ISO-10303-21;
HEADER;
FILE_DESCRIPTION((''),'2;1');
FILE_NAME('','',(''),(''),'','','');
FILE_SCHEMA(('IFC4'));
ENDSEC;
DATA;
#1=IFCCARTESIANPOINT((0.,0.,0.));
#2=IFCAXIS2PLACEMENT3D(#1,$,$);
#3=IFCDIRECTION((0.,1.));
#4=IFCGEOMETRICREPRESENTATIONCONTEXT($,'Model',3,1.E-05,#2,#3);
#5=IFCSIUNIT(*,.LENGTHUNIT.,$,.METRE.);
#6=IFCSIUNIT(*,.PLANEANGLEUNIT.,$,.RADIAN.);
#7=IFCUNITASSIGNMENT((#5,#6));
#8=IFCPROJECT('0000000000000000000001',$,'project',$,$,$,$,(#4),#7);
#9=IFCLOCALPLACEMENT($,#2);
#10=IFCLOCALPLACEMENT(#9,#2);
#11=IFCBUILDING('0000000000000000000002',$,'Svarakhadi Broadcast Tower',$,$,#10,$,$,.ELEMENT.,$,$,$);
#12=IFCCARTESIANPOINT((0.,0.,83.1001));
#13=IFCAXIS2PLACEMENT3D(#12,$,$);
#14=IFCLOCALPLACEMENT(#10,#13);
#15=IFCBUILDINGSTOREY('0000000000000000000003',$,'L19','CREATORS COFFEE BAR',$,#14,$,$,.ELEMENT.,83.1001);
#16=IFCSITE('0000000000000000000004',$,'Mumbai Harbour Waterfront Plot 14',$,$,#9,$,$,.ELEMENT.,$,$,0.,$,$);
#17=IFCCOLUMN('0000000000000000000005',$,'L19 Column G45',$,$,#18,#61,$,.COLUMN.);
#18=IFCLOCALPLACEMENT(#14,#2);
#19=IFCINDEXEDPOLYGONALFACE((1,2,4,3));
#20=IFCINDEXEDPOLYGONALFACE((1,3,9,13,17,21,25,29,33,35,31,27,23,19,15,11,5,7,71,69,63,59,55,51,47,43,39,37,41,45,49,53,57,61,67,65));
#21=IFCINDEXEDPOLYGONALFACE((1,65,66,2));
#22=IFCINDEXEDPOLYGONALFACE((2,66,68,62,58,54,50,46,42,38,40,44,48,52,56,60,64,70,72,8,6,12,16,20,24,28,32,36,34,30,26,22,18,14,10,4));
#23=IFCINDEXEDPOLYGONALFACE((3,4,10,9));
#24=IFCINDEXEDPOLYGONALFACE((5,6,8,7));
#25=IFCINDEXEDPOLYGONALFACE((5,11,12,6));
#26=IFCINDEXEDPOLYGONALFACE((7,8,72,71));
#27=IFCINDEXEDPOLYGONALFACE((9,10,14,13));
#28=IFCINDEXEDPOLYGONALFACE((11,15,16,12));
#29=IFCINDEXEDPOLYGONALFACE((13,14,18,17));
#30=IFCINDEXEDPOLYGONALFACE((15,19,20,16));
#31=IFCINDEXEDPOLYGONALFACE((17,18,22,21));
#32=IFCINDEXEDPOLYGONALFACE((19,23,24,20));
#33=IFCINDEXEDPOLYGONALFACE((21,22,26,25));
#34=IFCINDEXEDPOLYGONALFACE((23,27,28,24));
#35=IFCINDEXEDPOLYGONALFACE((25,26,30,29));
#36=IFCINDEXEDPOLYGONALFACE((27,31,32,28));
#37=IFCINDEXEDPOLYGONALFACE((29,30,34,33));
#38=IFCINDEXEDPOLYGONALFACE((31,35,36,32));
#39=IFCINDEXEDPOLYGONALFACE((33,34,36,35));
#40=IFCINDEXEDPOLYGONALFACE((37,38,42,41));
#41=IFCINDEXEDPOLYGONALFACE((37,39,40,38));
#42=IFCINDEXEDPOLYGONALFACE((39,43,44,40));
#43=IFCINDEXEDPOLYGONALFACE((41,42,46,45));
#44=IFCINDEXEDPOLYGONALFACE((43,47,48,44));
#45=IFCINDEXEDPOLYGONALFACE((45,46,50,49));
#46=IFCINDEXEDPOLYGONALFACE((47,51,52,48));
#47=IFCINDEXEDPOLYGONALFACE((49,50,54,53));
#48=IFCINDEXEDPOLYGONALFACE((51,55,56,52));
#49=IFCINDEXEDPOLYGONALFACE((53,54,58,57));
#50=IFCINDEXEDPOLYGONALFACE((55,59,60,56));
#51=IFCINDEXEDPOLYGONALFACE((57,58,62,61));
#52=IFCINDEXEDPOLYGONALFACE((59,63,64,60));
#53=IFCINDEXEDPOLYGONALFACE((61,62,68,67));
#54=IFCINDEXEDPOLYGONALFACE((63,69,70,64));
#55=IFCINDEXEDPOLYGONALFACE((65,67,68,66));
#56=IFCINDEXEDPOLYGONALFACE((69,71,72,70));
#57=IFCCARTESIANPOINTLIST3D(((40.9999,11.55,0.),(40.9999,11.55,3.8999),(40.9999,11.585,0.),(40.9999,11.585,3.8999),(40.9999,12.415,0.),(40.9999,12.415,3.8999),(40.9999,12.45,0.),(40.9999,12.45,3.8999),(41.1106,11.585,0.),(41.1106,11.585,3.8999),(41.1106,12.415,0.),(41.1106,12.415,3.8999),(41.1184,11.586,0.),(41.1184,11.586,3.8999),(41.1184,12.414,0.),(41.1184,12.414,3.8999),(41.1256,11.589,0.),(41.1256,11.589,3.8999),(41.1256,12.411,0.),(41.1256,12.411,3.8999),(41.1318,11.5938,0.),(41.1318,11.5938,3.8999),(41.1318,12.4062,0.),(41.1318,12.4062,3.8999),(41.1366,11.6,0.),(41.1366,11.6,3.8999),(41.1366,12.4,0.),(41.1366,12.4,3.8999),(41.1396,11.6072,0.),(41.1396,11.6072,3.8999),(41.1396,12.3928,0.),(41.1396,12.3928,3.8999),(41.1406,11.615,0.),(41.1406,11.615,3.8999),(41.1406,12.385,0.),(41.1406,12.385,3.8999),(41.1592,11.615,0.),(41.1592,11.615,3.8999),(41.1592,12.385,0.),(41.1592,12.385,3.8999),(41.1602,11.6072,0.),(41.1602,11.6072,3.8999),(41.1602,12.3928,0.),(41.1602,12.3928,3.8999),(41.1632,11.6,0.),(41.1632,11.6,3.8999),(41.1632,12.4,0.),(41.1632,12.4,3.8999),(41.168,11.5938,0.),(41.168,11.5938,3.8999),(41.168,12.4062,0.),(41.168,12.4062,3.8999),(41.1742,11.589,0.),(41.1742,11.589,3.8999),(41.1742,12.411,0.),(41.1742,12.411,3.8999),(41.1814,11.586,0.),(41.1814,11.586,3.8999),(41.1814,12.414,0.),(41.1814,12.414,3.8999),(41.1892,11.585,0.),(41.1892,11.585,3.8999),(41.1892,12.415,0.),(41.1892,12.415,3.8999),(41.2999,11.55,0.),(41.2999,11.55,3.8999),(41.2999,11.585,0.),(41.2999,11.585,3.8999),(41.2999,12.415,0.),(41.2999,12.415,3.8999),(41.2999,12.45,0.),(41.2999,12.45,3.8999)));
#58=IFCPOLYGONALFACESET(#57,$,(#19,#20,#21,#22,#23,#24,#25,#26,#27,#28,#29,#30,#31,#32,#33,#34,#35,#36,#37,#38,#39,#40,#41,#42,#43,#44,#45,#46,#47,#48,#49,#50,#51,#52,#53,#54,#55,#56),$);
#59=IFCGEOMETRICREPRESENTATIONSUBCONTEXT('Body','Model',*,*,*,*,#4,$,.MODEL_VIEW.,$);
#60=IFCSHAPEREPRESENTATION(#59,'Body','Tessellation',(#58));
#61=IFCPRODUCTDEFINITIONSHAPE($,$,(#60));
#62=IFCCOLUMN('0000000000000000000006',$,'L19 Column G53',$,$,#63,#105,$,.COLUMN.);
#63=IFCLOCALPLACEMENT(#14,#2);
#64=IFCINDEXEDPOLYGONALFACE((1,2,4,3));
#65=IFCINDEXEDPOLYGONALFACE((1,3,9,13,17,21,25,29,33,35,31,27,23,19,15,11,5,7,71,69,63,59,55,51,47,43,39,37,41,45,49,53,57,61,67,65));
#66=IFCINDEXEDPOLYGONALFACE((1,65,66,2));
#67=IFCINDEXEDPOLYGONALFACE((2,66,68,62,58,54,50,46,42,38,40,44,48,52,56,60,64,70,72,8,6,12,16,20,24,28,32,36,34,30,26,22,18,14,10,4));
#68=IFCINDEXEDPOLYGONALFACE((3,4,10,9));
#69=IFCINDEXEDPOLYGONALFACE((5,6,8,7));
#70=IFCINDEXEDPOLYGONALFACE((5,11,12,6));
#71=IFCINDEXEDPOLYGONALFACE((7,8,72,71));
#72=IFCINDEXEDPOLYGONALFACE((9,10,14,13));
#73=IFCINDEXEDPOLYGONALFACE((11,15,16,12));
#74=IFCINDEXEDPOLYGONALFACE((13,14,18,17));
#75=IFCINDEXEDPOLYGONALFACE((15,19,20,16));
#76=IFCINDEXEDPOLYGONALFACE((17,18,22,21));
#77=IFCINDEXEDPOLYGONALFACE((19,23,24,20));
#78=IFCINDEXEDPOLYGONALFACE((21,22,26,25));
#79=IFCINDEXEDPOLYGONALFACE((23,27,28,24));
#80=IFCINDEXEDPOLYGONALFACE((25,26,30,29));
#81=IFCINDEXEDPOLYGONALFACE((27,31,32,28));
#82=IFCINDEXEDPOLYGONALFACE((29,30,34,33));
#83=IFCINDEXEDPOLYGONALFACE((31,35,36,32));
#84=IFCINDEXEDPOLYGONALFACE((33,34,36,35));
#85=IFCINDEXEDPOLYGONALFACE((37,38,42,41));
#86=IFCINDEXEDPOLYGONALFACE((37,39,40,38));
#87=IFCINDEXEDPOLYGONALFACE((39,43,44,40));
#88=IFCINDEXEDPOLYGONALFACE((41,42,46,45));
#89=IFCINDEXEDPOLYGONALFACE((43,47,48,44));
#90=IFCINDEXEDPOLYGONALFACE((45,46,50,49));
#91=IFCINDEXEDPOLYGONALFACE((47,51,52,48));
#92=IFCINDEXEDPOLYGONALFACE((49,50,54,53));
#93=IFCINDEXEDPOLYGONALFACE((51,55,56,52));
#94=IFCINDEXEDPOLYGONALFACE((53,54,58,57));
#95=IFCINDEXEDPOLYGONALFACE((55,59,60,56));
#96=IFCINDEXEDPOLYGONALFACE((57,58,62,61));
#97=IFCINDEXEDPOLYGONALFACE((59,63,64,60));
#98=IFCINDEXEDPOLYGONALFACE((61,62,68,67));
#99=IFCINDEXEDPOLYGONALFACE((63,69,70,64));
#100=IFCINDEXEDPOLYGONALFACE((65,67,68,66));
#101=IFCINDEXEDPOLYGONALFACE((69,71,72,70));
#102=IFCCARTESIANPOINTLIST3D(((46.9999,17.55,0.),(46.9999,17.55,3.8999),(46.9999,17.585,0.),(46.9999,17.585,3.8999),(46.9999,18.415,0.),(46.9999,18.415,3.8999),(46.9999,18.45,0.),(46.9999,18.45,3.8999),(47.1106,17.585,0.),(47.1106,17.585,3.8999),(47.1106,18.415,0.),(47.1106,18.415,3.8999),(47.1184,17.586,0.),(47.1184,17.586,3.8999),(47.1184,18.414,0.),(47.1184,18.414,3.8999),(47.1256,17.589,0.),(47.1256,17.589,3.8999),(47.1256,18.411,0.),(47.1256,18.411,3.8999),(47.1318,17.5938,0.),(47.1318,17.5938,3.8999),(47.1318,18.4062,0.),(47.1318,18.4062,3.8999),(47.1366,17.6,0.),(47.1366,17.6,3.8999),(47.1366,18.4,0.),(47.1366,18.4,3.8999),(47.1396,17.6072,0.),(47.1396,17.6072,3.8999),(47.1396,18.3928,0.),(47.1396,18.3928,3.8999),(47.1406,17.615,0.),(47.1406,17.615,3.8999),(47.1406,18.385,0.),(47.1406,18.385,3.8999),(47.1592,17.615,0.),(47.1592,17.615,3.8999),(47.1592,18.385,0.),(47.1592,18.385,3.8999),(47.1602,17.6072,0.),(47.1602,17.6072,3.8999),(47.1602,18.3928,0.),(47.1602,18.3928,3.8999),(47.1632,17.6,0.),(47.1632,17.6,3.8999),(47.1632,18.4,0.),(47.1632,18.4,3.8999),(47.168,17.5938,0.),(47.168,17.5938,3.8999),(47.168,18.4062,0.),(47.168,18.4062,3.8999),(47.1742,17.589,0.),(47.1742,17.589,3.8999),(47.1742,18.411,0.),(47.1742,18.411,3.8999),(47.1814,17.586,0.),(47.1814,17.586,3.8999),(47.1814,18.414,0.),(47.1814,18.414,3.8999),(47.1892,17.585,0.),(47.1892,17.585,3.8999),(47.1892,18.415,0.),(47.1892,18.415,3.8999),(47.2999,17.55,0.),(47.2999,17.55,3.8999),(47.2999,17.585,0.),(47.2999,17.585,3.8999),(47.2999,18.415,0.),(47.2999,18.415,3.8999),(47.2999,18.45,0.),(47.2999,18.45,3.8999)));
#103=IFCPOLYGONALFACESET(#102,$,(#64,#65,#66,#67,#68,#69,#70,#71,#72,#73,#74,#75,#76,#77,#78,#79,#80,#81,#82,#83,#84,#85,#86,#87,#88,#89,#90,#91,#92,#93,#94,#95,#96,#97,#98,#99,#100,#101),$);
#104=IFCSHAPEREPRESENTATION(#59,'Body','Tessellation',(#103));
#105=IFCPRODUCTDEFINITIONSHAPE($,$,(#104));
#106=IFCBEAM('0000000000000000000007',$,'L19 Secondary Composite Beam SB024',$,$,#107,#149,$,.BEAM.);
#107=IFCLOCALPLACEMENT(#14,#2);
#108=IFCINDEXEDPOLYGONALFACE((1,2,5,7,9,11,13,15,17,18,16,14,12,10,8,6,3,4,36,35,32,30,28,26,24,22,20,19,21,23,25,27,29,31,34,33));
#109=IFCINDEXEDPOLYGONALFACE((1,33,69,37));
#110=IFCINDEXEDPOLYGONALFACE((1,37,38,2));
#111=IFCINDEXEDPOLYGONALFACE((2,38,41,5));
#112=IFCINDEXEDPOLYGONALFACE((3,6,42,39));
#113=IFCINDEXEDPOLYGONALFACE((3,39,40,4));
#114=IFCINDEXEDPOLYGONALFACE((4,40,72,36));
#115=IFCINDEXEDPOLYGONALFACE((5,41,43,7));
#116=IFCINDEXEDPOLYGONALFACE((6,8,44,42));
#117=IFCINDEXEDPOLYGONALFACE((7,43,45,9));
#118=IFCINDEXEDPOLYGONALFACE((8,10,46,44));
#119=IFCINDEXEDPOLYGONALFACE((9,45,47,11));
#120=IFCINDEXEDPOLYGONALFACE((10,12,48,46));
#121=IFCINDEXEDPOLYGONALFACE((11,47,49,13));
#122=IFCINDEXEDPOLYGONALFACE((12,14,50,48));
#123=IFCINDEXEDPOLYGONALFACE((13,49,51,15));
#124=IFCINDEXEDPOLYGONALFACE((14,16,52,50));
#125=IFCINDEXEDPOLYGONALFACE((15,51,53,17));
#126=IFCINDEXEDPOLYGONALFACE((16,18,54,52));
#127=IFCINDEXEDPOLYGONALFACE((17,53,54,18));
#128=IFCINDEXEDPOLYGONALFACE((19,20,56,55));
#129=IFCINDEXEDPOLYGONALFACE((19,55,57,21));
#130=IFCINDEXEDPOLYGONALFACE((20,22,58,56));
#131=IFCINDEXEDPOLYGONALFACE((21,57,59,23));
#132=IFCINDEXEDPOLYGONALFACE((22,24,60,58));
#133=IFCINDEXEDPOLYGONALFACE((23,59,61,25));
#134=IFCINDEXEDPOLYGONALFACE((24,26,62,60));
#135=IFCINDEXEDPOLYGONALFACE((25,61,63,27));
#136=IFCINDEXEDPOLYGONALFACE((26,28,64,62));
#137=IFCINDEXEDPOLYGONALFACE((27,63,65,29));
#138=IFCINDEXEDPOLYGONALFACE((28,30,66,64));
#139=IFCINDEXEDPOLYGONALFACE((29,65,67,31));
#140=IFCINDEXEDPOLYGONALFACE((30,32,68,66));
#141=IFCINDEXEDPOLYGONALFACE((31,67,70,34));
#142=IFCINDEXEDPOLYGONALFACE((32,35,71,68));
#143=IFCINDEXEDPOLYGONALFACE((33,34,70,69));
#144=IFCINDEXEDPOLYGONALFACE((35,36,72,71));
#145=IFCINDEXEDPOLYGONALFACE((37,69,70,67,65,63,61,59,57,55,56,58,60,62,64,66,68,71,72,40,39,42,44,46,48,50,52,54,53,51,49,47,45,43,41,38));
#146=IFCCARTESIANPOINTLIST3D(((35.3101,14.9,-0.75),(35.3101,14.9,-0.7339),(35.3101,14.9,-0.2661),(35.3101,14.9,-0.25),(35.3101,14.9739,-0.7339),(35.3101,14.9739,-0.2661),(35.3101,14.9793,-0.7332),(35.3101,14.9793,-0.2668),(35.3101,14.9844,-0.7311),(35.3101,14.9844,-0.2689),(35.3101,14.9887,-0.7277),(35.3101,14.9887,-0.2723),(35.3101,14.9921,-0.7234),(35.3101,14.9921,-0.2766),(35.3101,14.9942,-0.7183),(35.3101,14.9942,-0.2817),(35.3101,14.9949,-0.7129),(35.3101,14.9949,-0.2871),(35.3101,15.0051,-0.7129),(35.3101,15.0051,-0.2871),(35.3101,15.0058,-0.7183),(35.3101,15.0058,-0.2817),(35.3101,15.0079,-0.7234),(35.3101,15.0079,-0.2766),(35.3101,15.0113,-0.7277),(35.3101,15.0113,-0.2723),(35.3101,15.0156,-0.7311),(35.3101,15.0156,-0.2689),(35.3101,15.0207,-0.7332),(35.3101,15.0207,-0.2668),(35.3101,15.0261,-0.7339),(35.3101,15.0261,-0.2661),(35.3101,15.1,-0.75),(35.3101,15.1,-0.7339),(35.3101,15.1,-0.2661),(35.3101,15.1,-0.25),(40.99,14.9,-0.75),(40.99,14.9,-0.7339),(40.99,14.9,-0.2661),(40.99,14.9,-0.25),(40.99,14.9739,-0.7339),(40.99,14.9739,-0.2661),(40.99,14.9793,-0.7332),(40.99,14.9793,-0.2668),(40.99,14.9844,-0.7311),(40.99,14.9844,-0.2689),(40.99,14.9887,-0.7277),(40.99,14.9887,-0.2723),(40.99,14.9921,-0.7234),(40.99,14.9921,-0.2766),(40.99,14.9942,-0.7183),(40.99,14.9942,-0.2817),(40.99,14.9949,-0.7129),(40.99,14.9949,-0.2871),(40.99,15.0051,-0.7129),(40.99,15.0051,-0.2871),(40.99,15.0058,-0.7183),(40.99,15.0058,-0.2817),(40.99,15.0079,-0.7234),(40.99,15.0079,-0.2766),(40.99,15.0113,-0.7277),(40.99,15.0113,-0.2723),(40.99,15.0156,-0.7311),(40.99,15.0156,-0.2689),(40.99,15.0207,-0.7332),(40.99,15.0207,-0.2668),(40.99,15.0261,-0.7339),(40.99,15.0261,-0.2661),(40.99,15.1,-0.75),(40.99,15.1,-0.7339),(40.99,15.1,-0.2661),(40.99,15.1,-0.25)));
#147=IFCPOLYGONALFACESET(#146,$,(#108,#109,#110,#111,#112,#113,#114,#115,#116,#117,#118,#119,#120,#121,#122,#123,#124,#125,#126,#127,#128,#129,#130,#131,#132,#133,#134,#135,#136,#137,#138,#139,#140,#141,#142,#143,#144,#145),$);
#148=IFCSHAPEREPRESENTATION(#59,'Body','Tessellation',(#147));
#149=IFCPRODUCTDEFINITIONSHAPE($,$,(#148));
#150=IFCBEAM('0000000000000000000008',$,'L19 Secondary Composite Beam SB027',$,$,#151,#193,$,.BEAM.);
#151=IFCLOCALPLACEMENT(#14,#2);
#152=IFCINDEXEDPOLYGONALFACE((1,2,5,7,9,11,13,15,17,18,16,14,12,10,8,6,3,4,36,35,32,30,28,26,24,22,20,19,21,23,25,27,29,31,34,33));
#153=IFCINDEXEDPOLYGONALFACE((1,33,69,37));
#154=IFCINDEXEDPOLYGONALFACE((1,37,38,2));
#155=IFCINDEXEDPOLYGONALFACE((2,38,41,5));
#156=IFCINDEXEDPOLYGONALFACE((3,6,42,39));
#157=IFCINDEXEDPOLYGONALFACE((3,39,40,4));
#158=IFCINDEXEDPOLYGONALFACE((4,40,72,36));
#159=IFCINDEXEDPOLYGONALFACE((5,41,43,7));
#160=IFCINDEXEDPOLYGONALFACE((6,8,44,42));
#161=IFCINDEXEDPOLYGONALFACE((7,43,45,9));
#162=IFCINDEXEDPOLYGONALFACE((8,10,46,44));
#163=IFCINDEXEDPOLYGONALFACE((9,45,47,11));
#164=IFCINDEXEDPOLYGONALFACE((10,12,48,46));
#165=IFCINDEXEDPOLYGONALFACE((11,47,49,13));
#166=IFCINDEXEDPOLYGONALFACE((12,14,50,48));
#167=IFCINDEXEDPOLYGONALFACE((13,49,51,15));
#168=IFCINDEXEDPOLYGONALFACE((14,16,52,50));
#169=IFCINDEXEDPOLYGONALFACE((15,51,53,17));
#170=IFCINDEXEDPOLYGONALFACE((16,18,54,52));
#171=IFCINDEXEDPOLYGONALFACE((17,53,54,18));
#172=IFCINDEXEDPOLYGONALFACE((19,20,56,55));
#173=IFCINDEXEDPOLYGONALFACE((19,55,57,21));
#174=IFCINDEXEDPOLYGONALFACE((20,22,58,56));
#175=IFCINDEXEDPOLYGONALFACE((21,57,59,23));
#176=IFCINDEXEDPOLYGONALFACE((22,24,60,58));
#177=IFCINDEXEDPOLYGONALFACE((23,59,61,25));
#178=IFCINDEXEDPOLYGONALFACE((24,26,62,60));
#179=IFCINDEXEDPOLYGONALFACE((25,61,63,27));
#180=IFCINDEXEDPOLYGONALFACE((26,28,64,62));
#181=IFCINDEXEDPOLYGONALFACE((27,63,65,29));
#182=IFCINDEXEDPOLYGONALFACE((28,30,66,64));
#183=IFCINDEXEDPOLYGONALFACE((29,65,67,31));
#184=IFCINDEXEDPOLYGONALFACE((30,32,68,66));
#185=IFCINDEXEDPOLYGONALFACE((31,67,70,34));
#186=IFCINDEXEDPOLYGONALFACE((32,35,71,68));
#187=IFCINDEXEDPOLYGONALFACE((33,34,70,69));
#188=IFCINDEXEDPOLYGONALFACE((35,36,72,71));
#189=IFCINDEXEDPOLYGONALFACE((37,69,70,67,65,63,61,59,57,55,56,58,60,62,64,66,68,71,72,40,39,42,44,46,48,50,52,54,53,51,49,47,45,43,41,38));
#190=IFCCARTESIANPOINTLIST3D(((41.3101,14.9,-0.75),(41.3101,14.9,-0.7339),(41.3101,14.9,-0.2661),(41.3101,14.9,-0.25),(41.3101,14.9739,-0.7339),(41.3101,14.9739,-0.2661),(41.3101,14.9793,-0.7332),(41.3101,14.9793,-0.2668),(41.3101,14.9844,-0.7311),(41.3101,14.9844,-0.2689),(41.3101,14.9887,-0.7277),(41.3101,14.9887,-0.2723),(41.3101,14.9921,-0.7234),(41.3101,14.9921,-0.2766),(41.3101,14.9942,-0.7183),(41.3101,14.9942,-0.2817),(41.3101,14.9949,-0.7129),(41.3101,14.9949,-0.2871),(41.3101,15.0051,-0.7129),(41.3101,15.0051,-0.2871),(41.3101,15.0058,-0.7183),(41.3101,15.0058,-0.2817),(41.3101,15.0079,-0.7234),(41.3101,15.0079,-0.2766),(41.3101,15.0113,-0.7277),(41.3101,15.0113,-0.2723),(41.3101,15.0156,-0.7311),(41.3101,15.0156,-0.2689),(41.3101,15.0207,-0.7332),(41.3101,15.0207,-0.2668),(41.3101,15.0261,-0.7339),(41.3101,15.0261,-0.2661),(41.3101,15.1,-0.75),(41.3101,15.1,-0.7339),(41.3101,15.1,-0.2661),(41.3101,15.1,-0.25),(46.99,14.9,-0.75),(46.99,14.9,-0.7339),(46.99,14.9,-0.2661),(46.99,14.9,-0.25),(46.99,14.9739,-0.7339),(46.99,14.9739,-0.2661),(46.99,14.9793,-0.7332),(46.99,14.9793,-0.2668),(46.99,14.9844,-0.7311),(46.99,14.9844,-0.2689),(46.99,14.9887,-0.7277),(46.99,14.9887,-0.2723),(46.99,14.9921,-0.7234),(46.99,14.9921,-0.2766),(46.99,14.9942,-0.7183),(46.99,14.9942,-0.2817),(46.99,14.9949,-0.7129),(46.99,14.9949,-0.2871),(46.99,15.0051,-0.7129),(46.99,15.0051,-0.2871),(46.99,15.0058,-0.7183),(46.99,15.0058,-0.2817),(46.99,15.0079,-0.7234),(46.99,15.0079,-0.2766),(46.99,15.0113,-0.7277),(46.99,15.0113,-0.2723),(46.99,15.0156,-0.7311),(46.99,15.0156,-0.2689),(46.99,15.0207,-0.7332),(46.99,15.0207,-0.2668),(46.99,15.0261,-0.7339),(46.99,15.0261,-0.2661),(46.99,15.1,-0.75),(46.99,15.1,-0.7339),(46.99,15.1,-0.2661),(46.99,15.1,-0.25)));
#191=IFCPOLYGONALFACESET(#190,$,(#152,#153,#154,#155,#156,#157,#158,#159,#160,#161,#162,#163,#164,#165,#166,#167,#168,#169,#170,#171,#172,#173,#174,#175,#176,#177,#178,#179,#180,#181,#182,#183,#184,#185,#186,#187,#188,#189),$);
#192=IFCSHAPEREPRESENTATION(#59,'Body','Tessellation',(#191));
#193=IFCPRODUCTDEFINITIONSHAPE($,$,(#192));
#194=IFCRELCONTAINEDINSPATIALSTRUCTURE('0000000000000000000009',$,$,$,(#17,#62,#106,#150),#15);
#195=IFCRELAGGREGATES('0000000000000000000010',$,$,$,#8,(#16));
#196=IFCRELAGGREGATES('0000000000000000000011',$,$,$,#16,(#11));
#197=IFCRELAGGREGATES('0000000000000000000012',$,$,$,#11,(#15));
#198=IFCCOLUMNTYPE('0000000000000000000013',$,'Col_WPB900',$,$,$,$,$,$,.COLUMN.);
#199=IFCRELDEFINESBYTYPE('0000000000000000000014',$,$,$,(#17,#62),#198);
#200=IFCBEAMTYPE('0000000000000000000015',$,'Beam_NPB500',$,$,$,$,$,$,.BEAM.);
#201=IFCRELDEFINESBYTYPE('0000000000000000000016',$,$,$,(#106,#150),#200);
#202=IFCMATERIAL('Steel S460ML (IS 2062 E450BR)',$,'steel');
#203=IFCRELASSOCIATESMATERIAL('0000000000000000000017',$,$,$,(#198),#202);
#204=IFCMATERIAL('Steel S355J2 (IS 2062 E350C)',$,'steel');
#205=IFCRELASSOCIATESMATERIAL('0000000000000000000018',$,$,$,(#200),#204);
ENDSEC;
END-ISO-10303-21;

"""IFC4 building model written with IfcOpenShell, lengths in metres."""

from ifc_helpers import new_model, si_unit, direction, frame, origin, origin_2d, place, context, subcontext, project, spatial, i_section, extrude, material, material_profile, profile_set, type_object, element, save


model = new_model("IFC4")

# Units and contexts
model_context = context("Model", 3, precision=1e-05, world=origin(), true_north=direction((0.0, 1.0)))
body_context = subcontext(model_context, "Body", "Model", "MODEL_VIEW")
ifc_project = project(units=[si_unit("LENGTHUNIT", "METRE"), si_unit("PLANEANGLEUNIT", "RADIAN")], contexts=[model_context])

# Site, building, storey
site_placement = place(None, origin())
site = spatial("IfcSite", under=ifc_project, at=site_placement, Name="Mumbai Harbour Waterfront Plot 14", CompositionType="ELEMENT", RefElevation=0.0)
building_placement = place(site_placement, origin())
building = spatial("IfcBuilding", under=site, at=building_placement, Name="Svarakhadi Broadcast Tower", CompositionType="ELEMENT")
storey_placement = place(building_placement, frame((0.0, 0.0, 83.1001)))
storey = spatial("IfcBuildingStorey", under=building, at=storey_placement, Name="L19", Description="CREATORS COFFEE BAR", CompositionType="ELEMENT", Elevation=83.1001)

# Columns
ifc_material_1 = material(Name="Steel S460ML (IS 2062 E450BR)", Category="steel")
ifc_material_profile_1 = material_profile(ifc_material_1, i_section(OverallWidth=0.3, OverallDepth=0.8999, WebThickness=0.0186, FlangeThickness=0.0349, FilletRadius=0.03, at=origin_2d()), Name="WPB 900x300x291")
ifc_profile_set_1 = profile_set([ifc_material_profile_1], Name="Steel S460ML (IS 2062 E450BR)")
column_type_1 = type_object("IfcColumnType", Name="Col_WPB900", PredefinedType="COLUMN", material=ifc_profile_set_1)
for number, where, z_axis, x_axis, name in (
    (1, (41.1499, 12.0, 0.0), (0.0, 0.0, 1.0), (1.0, 0.0, 0.0), "L19 Column G45"),
    (2, (47.1499, 18.0, 0.0), (0.0, 0.0, 1.0), (1.0, 0.0, 0.0), "L19 Column G53"),
):
    element("IfcColumn", number, at=place(storey_placement, frame(where, z_axis=z_axis, x_axis=x_axis)), inside=storey, type_object=column_type_1, Name=name, PredefinedType="COLUMN", context=body_context, shape_type="SweptSolid", body=[
        extrude(i_section(OverallWidth=0.3, OverallDepth=0.8999, WebThickness=0.0186, FlangeThickness=0.0349, FilletRadius=0.03, at=origin_2d()), origin(), (0.0, 0.0, 1.0), 3.8999),
    ])

# Beams
ifc_material_2 = material(Name="Steel S355J2 (IS 2062 E350C)", Category="steel")
ifc_material_profile_2 = material_profile(ifc_material_2, i_section(OverallWidth=0.2, OverallDepth=0.5, WebThickness=0.0103, FlangeThickness=0.0161, FilletRadius=0.021, at=origin_2d()), Name="NPB 500x200x91")
ifc_profile_set_2 = profile_set([ifc_material_profile_2], Name="Steel S355J2 (IS 2062 E350C)")
beam_type_1 = type_object("IfcBeamType", Name="Beam_NPB500", PredefinedType="BEAM", material=ifc_profile_set_2)
for number, where, z_axis, x_axis, name in (
    (3, (35.3101, 15.0, -0.5), (1.0, 0.0, 0.0), (0.0, 1.0, 0.0), "L19 Secondary Composite Beam SB024"),
    (4, (41.3101, 15.0, -0.5), (1.0, 0.0, 0.0), (0.0, 1.0, 0.0), "L19 Secondary Composite Beam SB027"),
):
    element("IfcBeam", number, at=place(storey_placement, frame(where, z_axis=z_axis, x_axis=x_axis)), inside=storey, type_object=beam_type_1, Name=name, PredefinedType="BEAM", context=body_context, shape_type="SweptSolid", body=[
        extrude(i_section(OverallWidth=0.2, OverallDepth=0.5, WebThickness=0.0103, FlangeThickness=0.0161, FilletRadius=0.021, at=origin_2d()), origin(), (0.0, 0.0, 1.0), 5.6799),
    ])

save(model, "model.ifc")
